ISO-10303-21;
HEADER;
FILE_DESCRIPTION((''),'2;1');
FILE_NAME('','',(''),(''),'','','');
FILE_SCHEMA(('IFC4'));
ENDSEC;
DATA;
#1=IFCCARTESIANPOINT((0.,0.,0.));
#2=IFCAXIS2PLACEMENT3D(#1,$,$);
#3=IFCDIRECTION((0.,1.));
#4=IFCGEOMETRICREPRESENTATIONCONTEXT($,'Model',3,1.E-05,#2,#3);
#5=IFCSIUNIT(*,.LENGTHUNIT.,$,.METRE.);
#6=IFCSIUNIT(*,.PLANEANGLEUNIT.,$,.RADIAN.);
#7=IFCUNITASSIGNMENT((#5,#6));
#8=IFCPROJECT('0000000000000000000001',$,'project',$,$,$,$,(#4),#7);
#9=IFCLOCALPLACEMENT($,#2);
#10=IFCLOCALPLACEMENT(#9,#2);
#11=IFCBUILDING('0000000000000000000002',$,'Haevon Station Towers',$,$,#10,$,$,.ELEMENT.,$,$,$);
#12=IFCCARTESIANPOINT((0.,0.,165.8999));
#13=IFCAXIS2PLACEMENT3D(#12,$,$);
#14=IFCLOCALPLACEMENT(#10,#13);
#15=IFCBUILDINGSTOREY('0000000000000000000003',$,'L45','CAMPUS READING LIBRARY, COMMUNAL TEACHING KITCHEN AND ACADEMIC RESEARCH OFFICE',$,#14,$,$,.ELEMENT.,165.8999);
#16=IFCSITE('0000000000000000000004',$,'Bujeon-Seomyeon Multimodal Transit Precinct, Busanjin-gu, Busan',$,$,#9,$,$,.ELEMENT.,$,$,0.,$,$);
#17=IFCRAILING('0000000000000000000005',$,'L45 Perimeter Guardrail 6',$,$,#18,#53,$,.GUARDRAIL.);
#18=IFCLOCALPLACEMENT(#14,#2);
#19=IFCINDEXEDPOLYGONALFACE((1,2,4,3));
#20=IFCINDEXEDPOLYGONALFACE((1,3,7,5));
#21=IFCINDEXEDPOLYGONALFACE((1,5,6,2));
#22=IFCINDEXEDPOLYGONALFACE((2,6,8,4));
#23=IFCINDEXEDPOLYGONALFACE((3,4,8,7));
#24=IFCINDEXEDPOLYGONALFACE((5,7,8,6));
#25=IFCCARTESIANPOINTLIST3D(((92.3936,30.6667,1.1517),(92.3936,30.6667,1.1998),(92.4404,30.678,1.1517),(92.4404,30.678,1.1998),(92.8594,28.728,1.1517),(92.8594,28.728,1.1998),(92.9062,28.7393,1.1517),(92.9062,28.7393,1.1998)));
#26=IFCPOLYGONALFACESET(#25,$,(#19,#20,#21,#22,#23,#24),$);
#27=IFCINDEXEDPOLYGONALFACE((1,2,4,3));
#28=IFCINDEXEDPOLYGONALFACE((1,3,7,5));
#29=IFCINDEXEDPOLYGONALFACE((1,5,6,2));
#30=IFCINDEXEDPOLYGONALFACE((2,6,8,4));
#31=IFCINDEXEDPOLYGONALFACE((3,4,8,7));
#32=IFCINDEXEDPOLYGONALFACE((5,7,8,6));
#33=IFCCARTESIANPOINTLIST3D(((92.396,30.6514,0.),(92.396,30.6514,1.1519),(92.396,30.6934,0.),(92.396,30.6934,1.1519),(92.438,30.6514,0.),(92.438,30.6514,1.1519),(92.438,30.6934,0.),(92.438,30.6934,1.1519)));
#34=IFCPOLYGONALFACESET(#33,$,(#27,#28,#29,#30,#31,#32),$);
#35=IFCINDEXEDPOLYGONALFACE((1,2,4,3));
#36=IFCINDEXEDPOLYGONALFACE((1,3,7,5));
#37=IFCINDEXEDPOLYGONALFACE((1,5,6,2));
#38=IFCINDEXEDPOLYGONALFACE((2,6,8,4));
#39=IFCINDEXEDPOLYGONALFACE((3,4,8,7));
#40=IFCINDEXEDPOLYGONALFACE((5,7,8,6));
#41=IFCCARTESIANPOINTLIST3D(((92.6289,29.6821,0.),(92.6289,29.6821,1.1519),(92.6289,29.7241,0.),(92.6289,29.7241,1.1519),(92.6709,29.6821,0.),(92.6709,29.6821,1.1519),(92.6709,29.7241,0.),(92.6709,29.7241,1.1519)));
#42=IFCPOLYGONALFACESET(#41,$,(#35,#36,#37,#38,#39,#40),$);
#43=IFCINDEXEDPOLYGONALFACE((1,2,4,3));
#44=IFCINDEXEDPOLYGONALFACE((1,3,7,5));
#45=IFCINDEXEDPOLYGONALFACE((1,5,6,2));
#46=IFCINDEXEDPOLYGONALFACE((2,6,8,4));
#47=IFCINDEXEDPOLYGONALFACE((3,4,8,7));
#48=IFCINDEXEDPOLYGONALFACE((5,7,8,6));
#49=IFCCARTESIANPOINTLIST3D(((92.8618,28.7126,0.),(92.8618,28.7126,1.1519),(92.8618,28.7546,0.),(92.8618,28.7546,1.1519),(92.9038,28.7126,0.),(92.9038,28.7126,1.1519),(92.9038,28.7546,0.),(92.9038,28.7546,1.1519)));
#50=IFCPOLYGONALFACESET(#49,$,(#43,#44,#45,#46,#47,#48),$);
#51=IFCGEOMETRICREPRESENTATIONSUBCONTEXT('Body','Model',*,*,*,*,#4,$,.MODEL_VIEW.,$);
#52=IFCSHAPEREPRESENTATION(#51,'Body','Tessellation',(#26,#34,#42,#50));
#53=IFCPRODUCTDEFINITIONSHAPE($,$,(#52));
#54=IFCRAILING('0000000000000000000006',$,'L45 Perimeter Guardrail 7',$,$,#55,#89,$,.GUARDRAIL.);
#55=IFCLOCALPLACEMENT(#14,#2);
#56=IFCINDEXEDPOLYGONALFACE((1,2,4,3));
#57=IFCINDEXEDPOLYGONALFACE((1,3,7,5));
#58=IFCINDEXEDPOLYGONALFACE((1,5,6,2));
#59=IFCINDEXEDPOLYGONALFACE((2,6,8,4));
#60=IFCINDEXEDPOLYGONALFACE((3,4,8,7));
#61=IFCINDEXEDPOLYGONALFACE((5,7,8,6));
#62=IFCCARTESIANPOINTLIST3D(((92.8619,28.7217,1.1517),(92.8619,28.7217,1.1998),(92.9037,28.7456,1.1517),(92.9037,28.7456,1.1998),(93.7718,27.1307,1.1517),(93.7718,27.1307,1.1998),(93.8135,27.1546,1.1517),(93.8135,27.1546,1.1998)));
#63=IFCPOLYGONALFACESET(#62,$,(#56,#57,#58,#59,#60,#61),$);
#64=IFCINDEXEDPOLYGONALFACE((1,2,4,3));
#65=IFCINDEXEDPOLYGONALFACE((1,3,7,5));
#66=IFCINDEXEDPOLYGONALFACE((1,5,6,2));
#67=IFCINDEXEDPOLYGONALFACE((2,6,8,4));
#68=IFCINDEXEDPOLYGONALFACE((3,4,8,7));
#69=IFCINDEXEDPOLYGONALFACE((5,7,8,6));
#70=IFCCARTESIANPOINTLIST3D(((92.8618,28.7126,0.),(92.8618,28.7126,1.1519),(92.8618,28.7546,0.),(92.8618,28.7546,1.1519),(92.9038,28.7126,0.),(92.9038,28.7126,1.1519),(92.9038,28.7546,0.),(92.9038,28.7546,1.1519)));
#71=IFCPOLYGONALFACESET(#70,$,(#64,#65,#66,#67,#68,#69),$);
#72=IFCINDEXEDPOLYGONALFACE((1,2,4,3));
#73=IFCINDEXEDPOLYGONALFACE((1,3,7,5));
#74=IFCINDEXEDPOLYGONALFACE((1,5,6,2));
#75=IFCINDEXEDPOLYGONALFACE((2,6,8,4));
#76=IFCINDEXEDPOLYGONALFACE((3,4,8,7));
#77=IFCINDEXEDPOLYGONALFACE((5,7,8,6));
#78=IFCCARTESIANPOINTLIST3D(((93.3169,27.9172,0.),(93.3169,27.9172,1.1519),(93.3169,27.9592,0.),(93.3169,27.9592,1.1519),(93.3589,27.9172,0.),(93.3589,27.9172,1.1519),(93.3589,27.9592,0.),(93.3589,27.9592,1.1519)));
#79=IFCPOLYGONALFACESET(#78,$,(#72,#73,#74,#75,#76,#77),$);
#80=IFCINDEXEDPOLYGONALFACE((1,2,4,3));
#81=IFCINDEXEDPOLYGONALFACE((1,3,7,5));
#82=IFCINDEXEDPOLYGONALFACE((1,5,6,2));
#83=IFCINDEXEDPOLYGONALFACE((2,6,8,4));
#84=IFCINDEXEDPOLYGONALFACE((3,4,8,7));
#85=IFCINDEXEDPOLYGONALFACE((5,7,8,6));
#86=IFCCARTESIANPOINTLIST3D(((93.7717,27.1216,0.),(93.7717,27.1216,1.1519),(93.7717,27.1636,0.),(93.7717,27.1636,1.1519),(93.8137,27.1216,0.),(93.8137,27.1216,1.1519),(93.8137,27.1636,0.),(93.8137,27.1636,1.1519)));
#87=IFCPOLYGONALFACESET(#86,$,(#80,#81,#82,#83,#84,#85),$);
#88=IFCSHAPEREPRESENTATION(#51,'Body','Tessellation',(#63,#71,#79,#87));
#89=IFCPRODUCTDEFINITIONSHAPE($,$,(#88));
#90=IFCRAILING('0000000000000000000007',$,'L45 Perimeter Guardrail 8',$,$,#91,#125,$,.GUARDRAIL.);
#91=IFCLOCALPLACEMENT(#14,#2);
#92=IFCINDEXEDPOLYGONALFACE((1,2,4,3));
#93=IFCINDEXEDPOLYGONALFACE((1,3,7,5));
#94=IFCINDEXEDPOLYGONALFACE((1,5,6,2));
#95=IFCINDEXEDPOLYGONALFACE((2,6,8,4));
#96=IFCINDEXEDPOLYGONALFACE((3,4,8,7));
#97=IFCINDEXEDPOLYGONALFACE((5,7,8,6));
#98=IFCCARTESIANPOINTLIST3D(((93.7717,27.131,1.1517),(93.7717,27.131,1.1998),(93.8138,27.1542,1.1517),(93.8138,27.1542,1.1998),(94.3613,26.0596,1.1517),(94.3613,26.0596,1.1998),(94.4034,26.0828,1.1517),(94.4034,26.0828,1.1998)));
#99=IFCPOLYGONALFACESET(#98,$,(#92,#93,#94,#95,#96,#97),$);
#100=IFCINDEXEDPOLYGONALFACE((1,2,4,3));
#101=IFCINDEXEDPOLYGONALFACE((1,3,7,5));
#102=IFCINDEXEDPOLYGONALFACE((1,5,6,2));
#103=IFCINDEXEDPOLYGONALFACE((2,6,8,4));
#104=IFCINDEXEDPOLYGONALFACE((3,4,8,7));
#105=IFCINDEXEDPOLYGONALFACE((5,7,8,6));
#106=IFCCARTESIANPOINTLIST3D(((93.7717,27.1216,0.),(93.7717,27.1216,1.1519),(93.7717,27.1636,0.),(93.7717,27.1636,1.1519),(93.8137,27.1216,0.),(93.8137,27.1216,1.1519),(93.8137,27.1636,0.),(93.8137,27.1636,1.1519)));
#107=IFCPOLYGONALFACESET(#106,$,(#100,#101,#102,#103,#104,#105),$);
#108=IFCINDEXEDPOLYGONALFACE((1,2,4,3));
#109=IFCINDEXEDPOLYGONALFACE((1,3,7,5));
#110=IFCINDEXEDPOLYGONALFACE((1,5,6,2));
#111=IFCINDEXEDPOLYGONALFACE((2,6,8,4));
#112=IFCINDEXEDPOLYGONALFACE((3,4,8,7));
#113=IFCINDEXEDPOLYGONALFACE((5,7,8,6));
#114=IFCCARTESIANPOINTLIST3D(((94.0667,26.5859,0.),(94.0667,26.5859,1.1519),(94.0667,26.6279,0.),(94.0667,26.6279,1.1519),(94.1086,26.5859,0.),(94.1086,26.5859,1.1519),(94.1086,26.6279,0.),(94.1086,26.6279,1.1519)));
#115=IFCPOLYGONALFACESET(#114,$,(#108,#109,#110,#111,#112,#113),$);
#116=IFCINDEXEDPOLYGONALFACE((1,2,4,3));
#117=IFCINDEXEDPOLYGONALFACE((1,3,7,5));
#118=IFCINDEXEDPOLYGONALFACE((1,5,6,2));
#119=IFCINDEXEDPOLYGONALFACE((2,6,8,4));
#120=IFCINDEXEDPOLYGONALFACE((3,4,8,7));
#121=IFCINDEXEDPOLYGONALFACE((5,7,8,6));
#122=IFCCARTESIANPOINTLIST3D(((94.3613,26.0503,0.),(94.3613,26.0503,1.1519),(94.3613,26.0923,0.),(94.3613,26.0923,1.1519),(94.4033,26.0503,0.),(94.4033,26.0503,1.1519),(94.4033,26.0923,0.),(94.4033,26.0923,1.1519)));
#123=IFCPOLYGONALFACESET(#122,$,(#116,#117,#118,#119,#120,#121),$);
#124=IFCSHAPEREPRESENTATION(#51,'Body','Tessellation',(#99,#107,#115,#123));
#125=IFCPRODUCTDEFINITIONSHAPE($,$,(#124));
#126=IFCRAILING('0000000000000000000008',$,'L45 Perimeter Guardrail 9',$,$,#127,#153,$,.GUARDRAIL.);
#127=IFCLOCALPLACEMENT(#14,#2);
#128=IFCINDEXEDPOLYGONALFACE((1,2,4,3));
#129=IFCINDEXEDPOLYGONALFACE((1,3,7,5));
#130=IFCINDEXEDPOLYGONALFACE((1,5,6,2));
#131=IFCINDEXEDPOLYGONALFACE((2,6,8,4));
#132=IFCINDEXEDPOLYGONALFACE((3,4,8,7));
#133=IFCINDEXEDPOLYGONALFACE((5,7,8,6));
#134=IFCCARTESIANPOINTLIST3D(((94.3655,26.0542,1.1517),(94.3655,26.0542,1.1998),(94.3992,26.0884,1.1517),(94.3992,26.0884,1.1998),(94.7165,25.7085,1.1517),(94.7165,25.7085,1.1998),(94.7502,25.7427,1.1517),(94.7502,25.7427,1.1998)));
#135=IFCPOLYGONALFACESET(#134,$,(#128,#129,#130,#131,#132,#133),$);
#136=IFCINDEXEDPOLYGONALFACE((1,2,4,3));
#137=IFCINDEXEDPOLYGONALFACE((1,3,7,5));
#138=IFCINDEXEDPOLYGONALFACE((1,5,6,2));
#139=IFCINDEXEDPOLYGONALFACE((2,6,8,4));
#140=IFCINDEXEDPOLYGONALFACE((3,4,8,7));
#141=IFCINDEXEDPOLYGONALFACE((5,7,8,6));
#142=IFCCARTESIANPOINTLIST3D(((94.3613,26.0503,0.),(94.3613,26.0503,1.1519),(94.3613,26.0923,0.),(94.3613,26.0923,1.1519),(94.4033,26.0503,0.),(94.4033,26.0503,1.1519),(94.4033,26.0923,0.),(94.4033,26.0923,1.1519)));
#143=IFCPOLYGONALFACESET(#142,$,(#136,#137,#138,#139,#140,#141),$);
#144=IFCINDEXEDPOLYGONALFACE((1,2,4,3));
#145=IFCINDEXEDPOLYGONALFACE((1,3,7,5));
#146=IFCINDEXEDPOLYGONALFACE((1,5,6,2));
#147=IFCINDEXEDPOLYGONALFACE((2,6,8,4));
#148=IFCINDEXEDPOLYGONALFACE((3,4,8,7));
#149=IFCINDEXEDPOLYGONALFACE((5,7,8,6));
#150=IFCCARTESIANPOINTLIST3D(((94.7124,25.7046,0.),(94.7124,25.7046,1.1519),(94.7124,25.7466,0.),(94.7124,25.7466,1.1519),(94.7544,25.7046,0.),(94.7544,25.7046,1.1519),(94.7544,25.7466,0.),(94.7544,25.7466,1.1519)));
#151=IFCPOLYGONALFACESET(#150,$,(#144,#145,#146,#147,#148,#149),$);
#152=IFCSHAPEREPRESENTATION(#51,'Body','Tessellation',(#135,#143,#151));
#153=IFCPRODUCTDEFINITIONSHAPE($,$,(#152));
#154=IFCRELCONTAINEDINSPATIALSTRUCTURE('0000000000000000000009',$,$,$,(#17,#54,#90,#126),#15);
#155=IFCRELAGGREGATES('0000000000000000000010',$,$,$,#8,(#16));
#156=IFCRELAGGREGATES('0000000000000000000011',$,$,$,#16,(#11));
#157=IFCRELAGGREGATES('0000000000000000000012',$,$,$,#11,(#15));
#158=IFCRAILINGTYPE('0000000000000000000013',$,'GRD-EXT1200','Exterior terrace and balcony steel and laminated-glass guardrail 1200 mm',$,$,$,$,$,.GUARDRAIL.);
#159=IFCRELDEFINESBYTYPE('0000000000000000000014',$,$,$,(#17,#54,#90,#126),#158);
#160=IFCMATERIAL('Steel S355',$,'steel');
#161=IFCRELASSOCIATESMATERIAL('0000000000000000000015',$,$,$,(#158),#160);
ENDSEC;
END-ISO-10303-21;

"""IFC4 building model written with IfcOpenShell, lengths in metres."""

from ifc_helpers import new_model, si_unit, direction, frame, origin, origin_2d, place, context, subcontext, project, spatial, rectangle, extrude, material, type_object, element, save


model = new_model("IFC4")

# Units and contexts
model_context = context("Model", 3, precision=1e-05, world=origin(), true_north=direction((0.0, 1.0)))
body_context = subcontext(model_context, "Body", "Model", "MODEL_VIEW")
ifc_project = project(units=[si_unit("LENGTHUNIT", "METRE"), si_unit("PLANEANGLEUNIT", "RADIAN")], contexts=[model_context])

# Site, building, storey
site_placement = place(None, origin())
site = spatial("IfcSite", under=ifc_project, at=site_placement, Name="Bujeon-Seomyeon Multimodal Transit Precinct, Busanjin-gu, Busan", CompositionType="ELEMENT", RefElevation=0.0)
building_placement = place(site_placement, origin())
building = spatial("IfcBuilding", under=site, at=building_placement, Name="Haevon Station Towers", CompositionType="ELEMENT")
storey_placement = place(building_placement, frame((0.0, 0.0, 165.8999)))
storey = spatial("IfcBuildingStorey", under=building, at=storey_placement, Name="L45", Description="CAMPUS READING LIBRARY, COMMUNAL TEACHING KITCHEN AND ACADEMIC RESEARCH OFFICE", CompositionType="ELEMENT", Elevation=165.8999)

# Shared definitions
ifc_material_1 = material(Name="Steel S355", Category="steel")

# Railings
railing_type = type_object("IfcRailingType", Name="GRD-EXT1200", Description="Exterior terrace and balcony steel and laminated-glass guardrail 1200 mm", PredefinedType="GUARDRAIL", material=ifc_material_1)
railing_1_placement = place(storey_placement, frame((92.417, 30.6724, 0.0)))
element("IfcRailing", 1, at=railing_1_placement, inside=storey, type_object=railing_type, Name="L45 Perimeter Guardrail 6", PredefinedType="GUARDRAIL", context=body_context, shape_type="SweptSolid", body=[
    extrude(rectangle(XDim=0.0481, YDim=0.0481, at=origin_2d()), frame((0.0, 0.0, 1.1758), z_axis=(0.233623, -0.972327, 0.0), x_axis=(0.972327, 0.233623, 0.0)), (0.0, 0.0, 1.0), 1.9939),
    extrude(rectangle(XDim=0.042, YDim=0.042, at=origin_2d()), origin(), (0.0, 0.0, 1.0), 1.1519),
    extrude(rectangle(XDim=0.042, YDim=0.042, at=origin_2d()), frame((0.2329, -0.9692, 0.0)), (0.0, 0.0, 1.0), 1.1519),
    extrude(rectangle(XDim=0.042, YDim=0.042, at=origin_2d()), frame((0.4658, -1.9387, 0.0)), (0.0, 0.0, 1.0), 1.1519),
])
railing_2_placement = place(storey_placement, frame((92.8828, 28.7336, 0.0)))
element("IfcRailing", 2, at=railing_2_placement, inside=storey, type_object=railing_type, Name="L45 Perimeter Guardrail 7", PredefinedType="GUARDRAIL", context=body_context, shape_type="SweptSolid", body=[
    extrude(rectangle(XDim=0.0481, YDim=0.0481, at=origin_2d()), frame((0.0, 0.0, 1.1758), z_axis=(0.49644, -0.868071, 0.0), x_axis=(0.868071, 0.49644, 0.0)), (0.0, 0.0, 1.0), 1.8328),
    extrude(rectangle(XDim=0.042, YDim=0.042, at=origin_2d()), origin(), (0.0, 0.0, 1.0), 1.1519),
    extrude(rectangle(XDim=0.042, YDim=0.042, at=origin_2d()), frame((0.4551, -0.7954, 0.0)), (0.0, 0.0, 1.0), 1.1519),
    extrude(rectangle(XDim=0.042, YDim=0.042, at=origin_2d()), frame((0.9099, -1.5911, 0.0)), (0.0, 0.0, 1.0), 1.1519),
])
railing_3_placement = place(storey_placement, frame((93.7927, 27.1426, 0.0)))
element("IfcRailing", 3, at=railing_3_placement, inside=storey, type_object=railing_type, Name="L45 Perimeter Guardrail 8", PredefinedType="GUARDRAIL", context=body_context, shape_type="SweptSolid", body=[
    extrude(rectangle(XDim=0.0481, YDim=0.0481, at=origin_2d()), frame((0.0, 0.0, 1.1758), z_axis=(0.482164, -0.876081, 0.0), x_axis=(0.876081, 0.482164, 0.0)), (0.0, 0.0, 1.0), 1.2229),
    extrude(rectangle(XDim=0.042, YDim=0.042, at=origin_2d()), origin(), (0.0, 0.0, 1.0), 1.1519),
    extrude(rectangle(XDim=0.042, YDim=0.042, at=origin_2d()), frame((0.2949, -0.5356, 0.0)), (0.0, 0.0, 1.0), 1.1519),
    extrude(rectangle(XDim=0.042, YDim=0.042, at=origin_2d()), frame((0.5896, -1.0713, 0.0)), (0.0, 0.0, 1.0), 1.1519),
])
railing_4_placement = place(storey_placement, frame((94.3823, 26.0713, 0.0)))
element("IfcRailing", 4, at=railing_4_placement, inside=storey, type_object=railing_type, Name="L45 Perimeter Guardrail 9", PredefinedType="GUARDRAIL", context=body_context, shape_type="SweptSolid", body=[
    extrude(rectangle(XDim=0.0481, YDim=0.0481, at=origin_2d()), frame((0.0, 0.0, 1.1758), z_axis=(0.712536, -0.701635, 0.0), x_axis=(0.701635, 0.712536, 0.0)), (0.0, 0.0, 1.0), 0.4927),
    extrude(rectangle(XDim=0.042, YDim=0.042, at=origin_2d()), origin(), (0.0, 0.0, 1.0), 1.1519),
    extrude(rectangle(XDim=0.042, YDim=0.042, at=origin_2d()), frame((0.3511, -0.3457, 0.0)), (0.0, 0.0, 1.0), 1.1519),
])

save(model, "model.ifc")
